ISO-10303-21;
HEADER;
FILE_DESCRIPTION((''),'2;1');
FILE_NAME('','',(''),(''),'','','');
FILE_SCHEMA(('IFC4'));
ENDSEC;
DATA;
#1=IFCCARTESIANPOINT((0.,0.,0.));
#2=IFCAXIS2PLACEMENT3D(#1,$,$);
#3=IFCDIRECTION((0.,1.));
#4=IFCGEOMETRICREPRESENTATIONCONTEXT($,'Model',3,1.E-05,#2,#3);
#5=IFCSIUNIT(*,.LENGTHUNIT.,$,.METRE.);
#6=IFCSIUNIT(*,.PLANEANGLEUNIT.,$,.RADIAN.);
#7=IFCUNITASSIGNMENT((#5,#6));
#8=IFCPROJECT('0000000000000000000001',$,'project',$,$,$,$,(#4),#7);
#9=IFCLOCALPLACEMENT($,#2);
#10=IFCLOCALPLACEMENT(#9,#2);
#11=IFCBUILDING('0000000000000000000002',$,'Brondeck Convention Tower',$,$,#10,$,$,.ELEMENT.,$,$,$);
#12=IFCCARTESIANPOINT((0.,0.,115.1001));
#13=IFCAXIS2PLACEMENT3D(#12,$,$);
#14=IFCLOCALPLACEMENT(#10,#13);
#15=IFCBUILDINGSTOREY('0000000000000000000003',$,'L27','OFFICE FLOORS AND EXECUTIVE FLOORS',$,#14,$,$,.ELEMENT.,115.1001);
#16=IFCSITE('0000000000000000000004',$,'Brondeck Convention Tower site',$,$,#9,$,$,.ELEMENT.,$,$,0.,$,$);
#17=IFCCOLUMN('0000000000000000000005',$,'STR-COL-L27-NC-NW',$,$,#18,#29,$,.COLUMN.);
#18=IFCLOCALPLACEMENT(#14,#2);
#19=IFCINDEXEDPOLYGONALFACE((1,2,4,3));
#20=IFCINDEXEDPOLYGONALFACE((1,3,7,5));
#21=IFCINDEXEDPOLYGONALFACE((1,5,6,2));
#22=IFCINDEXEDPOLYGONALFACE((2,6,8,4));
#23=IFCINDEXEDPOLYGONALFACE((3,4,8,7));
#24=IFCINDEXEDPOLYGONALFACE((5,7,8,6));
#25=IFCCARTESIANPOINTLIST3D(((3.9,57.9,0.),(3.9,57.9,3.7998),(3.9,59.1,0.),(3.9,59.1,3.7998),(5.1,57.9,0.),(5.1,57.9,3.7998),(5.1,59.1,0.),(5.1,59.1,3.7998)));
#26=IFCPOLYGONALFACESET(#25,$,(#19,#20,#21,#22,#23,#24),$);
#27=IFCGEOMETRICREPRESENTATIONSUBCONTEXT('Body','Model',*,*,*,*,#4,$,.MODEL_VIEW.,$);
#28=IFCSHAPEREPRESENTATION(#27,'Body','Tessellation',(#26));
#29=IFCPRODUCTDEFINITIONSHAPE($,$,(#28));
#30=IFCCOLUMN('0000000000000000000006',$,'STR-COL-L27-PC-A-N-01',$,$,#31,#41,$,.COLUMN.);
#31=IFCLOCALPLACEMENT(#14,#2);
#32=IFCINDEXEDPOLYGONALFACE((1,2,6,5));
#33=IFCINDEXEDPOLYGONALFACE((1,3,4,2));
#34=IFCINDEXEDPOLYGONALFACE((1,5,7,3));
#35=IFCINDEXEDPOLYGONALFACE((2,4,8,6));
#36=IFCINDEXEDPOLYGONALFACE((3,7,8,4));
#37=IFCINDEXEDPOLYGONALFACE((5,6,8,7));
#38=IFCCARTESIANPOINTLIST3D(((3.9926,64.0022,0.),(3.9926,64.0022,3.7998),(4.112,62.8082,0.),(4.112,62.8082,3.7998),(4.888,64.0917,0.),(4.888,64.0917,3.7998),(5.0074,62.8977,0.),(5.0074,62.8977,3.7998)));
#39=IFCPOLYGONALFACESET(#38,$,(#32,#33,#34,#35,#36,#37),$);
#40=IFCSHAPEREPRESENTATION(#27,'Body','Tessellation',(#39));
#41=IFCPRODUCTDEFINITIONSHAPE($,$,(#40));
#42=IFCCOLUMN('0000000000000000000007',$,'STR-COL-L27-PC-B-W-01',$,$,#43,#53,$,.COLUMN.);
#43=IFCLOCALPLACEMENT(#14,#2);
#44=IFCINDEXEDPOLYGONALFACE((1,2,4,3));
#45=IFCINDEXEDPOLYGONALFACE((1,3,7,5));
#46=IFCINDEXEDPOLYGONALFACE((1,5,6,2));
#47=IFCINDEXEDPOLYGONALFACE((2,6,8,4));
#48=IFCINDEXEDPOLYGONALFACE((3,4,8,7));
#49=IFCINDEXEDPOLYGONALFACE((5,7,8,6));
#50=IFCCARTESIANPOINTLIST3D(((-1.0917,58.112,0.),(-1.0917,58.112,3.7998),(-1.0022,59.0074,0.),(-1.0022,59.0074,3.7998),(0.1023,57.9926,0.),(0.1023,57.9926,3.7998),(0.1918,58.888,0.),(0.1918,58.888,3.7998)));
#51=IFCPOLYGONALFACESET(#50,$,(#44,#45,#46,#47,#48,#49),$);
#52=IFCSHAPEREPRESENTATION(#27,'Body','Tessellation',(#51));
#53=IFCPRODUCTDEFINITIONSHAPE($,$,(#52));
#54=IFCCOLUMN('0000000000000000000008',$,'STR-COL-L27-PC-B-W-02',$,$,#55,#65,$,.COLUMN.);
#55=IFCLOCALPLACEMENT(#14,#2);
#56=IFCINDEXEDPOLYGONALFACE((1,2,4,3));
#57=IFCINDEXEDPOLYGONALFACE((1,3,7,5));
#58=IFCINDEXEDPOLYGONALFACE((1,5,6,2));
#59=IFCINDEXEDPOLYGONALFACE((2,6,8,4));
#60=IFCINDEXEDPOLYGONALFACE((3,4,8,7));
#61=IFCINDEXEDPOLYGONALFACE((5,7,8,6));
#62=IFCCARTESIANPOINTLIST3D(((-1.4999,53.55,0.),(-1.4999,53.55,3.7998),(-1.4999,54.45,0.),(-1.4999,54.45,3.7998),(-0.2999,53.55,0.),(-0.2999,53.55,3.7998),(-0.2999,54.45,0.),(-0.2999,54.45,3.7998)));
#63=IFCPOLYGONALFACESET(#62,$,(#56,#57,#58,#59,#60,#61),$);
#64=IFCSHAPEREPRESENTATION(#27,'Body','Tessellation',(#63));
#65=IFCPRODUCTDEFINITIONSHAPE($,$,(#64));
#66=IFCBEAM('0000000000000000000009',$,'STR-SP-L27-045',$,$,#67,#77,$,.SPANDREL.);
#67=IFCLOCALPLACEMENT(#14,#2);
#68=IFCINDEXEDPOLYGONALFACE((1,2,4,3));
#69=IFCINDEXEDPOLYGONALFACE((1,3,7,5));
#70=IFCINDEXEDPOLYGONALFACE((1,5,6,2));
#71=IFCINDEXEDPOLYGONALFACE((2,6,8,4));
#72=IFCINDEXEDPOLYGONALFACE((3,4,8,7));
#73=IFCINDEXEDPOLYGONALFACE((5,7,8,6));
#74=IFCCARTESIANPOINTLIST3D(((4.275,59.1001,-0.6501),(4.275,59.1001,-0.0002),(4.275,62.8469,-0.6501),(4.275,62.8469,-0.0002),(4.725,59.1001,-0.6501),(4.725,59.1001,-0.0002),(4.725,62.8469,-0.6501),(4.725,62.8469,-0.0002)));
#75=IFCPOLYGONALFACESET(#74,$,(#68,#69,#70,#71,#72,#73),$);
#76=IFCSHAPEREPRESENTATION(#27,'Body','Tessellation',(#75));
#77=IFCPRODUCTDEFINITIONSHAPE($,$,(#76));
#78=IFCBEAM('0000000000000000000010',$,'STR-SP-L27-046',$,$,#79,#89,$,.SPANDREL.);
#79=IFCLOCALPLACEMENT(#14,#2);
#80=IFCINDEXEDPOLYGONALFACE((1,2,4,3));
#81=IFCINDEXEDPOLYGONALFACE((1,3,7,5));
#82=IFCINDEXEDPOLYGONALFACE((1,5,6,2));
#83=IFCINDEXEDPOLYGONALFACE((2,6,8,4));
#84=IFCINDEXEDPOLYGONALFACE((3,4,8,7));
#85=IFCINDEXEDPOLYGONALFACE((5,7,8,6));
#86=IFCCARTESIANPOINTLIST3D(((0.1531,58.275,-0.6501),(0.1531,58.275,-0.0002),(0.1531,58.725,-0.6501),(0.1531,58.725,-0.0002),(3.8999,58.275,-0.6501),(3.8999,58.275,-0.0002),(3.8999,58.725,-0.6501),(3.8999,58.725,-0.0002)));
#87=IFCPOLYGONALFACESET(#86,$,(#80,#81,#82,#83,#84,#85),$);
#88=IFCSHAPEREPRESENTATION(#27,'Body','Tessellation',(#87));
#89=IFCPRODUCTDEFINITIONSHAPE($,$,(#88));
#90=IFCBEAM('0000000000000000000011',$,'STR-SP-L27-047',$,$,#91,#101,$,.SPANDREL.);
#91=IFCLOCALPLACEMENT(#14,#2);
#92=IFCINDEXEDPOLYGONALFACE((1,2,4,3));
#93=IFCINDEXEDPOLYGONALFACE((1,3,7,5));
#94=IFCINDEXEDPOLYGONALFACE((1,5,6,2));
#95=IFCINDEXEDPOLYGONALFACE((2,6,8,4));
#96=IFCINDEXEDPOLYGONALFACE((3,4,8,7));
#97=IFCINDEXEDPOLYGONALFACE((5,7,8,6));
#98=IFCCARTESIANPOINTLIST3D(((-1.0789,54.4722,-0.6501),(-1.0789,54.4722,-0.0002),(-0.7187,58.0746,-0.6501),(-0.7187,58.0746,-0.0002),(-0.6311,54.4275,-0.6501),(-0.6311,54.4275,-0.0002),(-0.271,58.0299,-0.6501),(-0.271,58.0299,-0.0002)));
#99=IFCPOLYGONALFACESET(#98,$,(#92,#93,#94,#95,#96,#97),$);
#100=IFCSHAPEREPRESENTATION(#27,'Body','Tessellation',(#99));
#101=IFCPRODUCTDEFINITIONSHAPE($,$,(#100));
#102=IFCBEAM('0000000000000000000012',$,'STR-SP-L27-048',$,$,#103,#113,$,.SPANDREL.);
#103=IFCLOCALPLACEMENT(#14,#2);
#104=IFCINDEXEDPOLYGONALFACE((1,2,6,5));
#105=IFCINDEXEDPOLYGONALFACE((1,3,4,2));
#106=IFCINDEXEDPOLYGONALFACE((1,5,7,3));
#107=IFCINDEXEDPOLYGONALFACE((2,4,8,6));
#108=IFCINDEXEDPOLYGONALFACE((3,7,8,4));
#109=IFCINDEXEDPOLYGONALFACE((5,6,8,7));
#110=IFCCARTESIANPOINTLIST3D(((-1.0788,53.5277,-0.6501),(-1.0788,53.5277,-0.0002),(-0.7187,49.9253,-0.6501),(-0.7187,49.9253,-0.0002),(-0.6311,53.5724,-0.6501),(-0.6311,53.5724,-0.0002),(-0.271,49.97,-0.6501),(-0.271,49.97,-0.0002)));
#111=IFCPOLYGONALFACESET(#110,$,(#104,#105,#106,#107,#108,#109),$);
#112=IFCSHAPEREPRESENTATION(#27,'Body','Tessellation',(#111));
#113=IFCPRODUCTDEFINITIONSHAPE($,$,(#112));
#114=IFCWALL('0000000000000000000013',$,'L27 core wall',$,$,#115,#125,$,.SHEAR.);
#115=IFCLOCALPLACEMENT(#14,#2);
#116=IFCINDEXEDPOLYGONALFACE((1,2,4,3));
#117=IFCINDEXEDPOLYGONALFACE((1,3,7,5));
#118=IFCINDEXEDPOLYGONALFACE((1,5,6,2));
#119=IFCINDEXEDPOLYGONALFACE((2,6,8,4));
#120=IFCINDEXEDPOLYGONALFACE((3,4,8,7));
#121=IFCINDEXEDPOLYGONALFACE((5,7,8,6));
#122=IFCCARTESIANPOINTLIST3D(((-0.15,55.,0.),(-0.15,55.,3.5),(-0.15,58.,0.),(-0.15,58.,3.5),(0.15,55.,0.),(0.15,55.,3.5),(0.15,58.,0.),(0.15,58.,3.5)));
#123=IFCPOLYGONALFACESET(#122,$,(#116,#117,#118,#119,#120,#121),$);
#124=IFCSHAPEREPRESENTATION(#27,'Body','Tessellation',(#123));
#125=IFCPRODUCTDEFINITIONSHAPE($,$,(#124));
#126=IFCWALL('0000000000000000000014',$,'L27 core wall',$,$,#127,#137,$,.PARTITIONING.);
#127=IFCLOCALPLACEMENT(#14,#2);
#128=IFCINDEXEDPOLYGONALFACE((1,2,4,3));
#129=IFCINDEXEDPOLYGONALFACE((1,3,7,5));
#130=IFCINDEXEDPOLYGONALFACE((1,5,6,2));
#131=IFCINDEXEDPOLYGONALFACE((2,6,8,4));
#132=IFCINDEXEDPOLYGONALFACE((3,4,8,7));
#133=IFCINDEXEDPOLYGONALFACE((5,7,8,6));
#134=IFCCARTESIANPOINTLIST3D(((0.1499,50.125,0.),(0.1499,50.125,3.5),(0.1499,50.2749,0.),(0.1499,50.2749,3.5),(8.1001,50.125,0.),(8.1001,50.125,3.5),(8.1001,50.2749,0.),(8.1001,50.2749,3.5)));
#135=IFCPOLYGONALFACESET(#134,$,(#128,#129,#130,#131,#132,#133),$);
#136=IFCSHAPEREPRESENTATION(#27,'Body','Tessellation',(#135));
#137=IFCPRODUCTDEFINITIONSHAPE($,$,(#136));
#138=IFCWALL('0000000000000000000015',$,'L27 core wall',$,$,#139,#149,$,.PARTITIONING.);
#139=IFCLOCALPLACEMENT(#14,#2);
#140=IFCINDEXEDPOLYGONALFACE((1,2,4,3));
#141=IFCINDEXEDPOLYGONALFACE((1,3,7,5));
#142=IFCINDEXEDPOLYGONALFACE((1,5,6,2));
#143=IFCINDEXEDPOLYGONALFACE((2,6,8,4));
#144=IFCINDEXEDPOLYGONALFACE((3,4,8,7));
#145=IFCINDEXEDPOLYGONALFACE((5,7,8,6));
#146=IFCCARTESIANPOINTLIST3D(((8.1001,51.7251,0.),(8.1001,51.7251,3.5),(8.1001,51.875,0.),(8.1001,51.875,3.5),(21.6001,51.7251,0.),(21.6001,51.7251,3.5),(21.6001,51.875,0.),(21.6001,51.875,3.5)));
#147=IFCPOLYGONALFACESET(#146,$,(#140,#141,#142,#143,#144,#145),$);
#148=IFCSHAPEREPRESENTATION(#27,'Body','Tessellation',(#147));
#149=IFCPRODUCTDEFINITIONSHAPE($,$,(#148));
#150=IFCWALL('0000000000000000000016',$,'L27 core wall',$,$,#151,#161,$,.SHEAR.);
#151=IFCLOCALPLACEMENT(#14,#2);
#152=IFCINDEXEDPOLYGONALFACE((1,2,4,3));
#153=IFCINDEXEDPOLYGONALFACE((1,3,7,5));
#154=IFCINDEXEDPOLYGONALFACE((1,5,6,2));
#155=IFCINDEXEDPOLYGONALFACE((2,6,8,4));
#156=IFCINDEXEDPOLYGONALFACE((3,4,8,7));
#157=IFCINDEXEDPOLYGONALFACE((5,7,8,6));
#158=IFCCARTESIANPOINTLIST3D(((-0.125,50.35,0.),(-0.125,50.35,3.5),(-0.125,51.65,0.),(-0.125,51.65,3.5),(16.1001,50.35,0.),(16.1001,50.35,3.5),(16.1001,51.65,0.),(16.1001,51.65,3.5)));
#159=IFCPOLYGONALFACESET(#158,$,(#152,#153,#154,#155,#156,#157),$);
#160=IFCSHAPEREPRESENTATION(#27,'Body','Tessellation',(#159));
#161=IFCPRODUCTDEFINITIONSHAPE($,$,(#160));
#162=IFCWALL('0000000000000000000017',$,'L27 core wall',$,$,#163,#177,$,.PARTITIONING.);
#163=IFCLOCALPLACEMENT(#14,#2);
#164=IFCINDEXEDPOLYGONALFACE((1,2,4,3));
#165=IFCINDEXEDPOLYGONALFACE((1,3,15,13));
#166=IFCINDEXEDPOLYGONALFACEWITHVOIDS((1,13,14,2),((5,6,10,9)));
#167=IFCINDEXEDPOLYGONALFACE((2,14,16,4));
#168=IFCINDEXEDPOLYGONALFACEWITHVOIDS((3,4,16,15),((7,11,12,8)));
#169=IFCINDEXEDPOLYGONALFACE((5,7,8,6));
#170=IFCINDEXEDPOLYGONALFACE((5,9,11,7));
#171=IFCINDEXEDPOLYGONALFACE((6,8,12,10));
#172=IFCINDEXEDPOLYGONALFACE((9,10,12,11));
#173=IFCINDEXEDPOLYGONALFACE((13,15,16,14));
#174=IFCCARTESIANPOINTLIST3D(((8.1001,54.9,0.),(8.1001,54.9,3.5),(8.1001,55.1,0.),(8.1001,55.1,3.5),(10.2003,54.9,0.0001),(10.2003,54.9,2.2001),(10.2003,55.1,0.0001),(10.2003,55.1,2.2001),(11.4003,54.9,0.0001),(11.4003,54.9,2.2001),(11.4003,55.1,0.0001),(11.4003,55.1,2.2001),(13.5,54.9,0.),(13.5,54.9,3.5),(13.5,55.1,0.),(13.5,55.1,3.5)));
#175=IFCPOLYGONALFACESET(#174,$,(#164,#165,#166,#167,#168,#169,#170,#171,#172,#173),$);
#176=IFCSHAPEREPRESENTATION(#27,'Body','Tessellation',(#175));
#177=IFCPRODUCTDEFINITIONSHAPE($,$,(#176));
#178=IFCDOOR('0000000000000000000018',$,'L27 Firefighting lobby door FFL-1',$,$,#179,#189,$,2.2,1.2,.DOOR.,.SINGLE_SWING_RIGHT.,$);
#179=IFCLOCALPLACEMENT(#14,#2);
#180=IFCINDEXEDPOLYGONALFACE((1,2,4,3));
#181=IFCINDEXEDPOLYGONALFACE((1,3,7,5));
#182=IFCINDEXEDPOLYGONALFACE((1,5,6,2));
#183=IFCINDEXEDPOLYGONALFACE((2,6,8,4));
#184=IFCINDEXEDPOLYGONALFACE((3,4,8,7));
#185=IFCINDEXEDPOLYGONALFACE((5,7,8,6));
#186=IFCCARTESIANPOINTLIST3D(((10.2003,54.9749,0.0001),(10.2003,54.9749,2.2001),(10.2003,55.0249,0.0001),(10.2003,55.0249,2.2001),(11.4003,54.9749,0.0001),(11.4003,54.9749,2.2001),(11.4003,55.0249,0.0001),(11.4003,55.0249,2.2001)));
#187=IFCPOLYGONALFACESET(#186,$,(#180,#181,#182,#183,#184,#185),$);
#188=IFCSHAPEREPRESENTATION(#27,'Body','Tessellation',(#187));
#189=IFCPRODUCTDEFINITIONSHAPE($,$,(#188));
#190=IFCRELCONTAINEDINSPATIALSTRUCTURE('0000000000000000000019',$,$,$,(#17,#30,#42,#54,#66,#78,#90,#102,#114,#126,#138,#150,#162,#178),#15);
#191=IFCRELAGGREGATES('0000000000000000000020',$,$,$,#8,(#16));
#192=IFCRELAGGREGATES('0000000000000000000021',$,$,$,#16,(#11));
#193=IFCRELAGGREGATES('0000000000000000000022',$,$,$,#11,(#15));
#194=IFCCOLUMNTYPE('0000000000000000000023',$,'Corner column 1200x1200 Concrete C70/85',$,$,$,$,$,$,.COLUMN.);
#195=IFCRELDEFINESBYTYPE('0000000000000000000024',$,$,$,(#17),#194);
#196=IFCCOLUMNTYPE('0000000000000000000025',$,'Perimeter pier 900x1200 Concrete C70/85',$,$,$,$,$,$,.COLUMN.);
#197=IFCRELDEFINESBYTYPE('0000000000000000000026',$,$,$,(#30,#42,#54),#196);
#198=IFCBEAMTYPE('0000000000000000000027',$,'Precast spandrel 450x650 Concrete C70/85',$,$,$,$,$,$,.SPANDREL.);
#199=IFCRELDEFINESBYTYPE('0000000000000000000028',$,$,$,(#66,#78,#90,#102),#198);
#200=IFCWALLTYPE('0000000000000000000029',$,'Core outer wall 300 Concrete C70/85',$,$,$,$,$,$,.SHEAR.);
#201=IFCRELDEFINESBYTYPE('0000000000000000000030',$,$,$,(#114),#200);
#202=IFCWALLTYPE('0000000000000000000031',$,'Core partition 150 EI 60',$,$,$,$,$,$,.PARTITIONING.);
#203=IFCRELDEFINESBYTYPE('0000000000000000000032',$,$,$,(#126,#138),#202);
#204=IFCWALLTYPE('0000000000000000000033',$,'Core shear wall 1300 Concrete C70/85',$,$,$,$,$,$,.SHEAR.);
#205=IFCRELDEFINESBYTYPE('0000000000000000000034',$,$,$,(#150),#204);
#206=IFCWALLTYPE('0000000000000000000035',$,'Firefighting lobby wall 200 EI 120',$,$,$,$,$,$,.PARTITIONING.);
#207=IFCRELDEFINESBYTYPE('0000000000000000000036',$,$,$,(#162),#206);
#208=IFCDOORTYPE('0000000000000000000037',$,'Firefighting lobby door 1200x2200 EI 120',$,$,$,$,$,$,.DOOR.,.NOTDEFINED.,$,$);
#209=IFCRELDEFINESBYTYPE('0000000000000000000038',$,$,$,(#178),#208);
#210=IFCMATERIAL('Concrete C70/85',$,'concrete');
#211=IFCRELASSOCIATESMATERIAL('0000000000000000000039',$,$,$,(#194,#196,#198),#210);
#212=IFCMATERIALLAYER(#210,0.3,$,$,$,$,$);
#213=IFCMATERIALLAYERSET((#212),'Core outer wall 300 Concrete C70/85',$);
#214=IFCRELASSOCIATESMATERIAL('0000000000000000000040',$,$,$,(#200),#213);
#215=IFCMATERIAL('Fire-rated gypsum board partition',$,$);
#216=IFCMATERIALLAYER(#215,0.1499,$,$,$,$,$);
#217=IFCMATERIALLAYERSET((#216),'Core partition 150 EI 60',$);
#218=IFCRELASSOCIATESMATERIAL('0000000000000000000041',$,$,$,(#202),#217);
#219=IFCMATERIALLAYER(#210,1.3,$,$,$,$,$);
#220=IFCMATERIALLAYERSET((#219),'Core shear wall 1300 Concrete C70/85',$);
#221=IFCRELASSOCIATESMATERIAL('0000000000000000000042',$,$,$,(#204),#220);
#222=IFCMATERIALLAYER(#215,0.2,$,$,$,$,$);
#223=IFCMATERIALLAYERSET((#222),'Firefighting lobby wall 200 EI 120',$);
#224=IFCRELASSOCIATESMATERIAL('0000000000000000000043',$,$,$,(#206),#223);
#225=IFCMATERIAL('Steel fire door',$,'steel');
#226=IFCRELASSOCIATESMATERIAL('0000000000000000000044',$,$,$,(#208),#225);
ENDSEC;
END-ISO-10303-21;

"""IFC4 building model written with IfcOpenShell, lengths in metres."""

from ifc_helpers import new_model, si_unit, direction, frame, frame_2d, origin, origin_2d, place, context, subcontext, project, spatial, rectangle, extrude, material, layer, layer_set, material_profile, profile_set, type_object, element, fill, save


model = new_model("IFC4")

# Units and contexts
model_context = context("Model", 3, precision=1e-05, world=origin(), true_north=direction((0.0, 1.0)))
body_context = subcontext(model_context, "Body", "Model", "MODEL_VIEW")
ifc_project = project(units=[si_unit("LENGTHUNIT", "METRE"), si_unit("PLANEANGLEUNIT", "RADIAN")], contexts=[model_context])

# Site, building, storey
site_placement = place(None, origin())
site = spatial("IfcSite", under=ifc_project, at=site_placement, Name="Brondeck Convention Tower site", CompositionType="ELEMENT", RefElevation=0.0)
building_placement = place(site_placement, origin())
building = spatial("IfcBuilding", under=site, at=building_placement, Name="Brondeck Convention Tower", CompositionType="ELEMENT")
storey_placement = place(building_placement, frame((0.0, 0.0, 115.1001)))
storey = spatial("IfcBuildingStorey", under=building, at=storey_placement, Name="L27", Description="OFFICE FLOORS AND EXECUTIVE FLOORS", CompositionType="ELEMENT", Elevation=115.1001)

# Columns
ifc_material_1 = material(Name="Concrete C70/85", Category="concrete")
ifc_material_profile_1 = material_profile(ifc_material_1, rectangle(XDim=1.2, YDim=1.2, at=origin_2d()), Name="Corner column 1200x1200 Concrete C70/85")
ifc_profile_set_1 = profile_set([ifc_material_profile_1], Name="Concrete C70/85")
column_type_1 = type_object("IfcColumnType", Name="Corner column 1200x1200 Concrete C70/85", PredefinedType="COLUMN", material=ifc_profile_set_1)
column_placement = place(storey_placement, frame((4.5, 58.5, 0.0), z_axis=(0.0, 0.0, 1.0), x_axis=(1.0, 0.0, 0.0)))
element("IfcColumn", 1, at=column_placement, inside=storey, type_object=column_type_1, Name="STR-COL-L27-NC-NW", PredefinedType="COLUMN", context=body_context, shape_type="SweptSolid", body=[
    extrude(rectangle(XDim=1.2, YDim=1.2, at=origin_2d()), origin(), (0.0, 0.0, 1.0), 3.7998),
])
ifc_material_profile_2 = material_profile(ifc_material_1, rectangle(XDim=0.8999, YDim=1.2, at=origin_2d()), Name="Perimeter pier 900x1200 Concrete C70/85")
ifc_profile_set_2 = profile_set([ifc_material_profile_2], Name="Concrete C70/85")
column_type_2 = type_object("IfcColumnType", Name="Perimeter pier 900x1200 Concrete C70/85", PredefinedType="COLUMN", material=ifc_profile_set_2)
for number, where, z_axis, x_axis, name in (
    (2, (4.5, 63.45, 0.0), (0.0, 0.0, 1.0), (-0.995037, -0.099504, 0.0), "STR-COL-L27-PC-A-N-01"),
    (3, (-0.45, 58.5, 0.0), (0.0, 0.0, 1.0), (-0.099504, -0.995037, 0.0), "STR-COL-L27-PC-B-W-01"),
    (4, (-0.8999, 54.0, 0.0), (0.0, 0.0, 1.0), (0.0, -1.0, 0.0), "STR-COL-L27-PC-B-W-02"),
):
    element("IfcColumn", number, at=place(storey_placement, frame(where, z_axis=z_axis, x_axis=x_axis)), inside=storey, type_object=column_type_2, Name=name, PredefinedType="COLUMN", context=body_context, shape_type="SweptSolid", body=[
        extrude(rectangle(XDim=0.8999, YDim=1.2, at=origin_2d()), origin(), (0.0, 0.0, 1.0), 3.7998),
    ])

# Beams
ifc_material_profile_3 = material_profile(ifc_material_1, rectangle(XDim=0.45, YDim=0.6499, at=origin_2d()), Name="Precast spandrel 450x650 Concrete C70/85")
ifc_profile_set_3 = profile_set([ifc_material_profile_3], Name="Concrete C70/85")
beam_type = type_object("IfcBeamType", Name="Precast spandrel 450x650 Concrete C70/85", PredefinedType="SPANDREL", material=ifc_profile_set_3)
for number, where, z_axis, x_axis, name in (
    (5, (4.5, 62.8469, -0.3252), (0.0, -1.0, 0.0), (1.0, 0.0, 0.0), "STR-SP-L27-045"),
    (6, (3.8999, 58.5, -0.3252), (-1.0, 0.0, 0.0), (0.0, -1.0, 0.0), "STR-SP-L27-046"),
):
    element("IfcBeam", number, at=place(storey_placement, frame(where, z_axis=z_axis, x_axis=x_axis)), inside=storey, type_object=beam_type, Name=name, PredefinedType="SPANDREL", context=body_context, shape_type="SweptSolid", body=[
        extrude(rectangle(XDim=0.45, YDim=0.6499, at=origin_2d()), origin(), (0.0, 0.0, 1.0), 3.7468),
    ])
for number, where, z_axis, x_axis, name in (
    (7, (-0.4949, 58.0522, -0.3252), (-0.09947, -0.995041, 0.0), (0.995041, -0.09947, 0.0), "STR-SP-L27-047"),
    (8, (-0.855, 53.55, -0.3252), (0.09947, -0.995041, 0.0), (0.995041, 0.09947, 0.0), "STR-SP-L27-048"),
):
    element("IfcBeam", number, at=place(storey_placement, frame(where, z_axis=z_axis, x_axis=x_axis)), inside=storey, type_object=beam_type, Name=name, PredefinedType="SPANDREL", context=body_context, shape_type="SweptSolid", body=[
        extrude(rectangle(XDim=0.45, YDim=0.6499, at=origin_2d()), origin(), (0.0, 0.0, 1.0), 3.6204),
    ])

# Walls
ifc_layer_1 = layer(ifc_material_1, 0.3)
ifc_layer_set_1 = layer_set([ifc_layer_1], Name="Core outer wall 300 Concrete C70/85")
wall_type_1 = type_object("IfcWallType", Name="Core outer wall 300 Concrete C70/85", PredefinedType="SHEAR", material=ifc_layer_set_1)
wall_1_placement = place(storey_placement, frame((0.0, 55.0, 0.0), z_axis=(0.0, 0.0, 1.0), x_axis=(0.0, 1.0, 0.0)))
element("IfcWall", 9, at=wall_1_placement, inside=storey, type_object=wall_type_1, Name="L27 core wall", PredefinedType="SHEAR", context=body_context, shape_type="SweptSolid", body=[
    extrude(rectangle(XDim=3.0, YDim=0.3, at=frame_2d((1.5, 0.0))), origin(), (0.0, 0.0, 1.0), 3.5),
])
ifc_material_2 = material(Name="Fire-rated gypsum board partition")
ifc_layer_2 = layer(ifc_material_2, 0.1499)
ifc_layer_set_2 = layer_set([ifc_layer_2], Name="Core partition 150 EI 60")
wall_type_2 = type_object("IfcWallType", Name="Core partition 150 EI 60", PredefinedType="PARTITIONING", material=ifc_layer_set_2)
wall_2_placement = place(storey_placement, frame((0.1499, 50.2, 0.0), z_axis=(0.0, 0.0, 1.0), x_axis=(1.0, 0.0, 0.0)))
element("IfcWall", 10, at=wall_2_placement, inside=storey, type_object=wall_type_2, Name="L27 core wall", PredefinedType="PARTITIONING", context=body_context, shape_type="SweptSolid", body=[
    extrude(rectangle(XDim=7.9502, YDim=0.1499, at=frame_2d((3.9751, 0.0))), origin(), (0.0, 0.0, 1.0), 3.5),
])
wall_3_placement = place(storey_placement, frame((8.1001, 51.8, 0.0), z_axis=(0.0, 0.0, 1.0), x_axis=(1.0, 0.0, 0.0)))
element("IfcWall", 11, at=wall_3_placement, inside=storey, type_object=wall_type_2, Name="L27 core wall", PredefinedType="PARTITIONING", context=body_context, shape_type="SweptSolid", body=[
    extrude(rectangle(XDim=13.5, YDim=0.1499, at=frame_2d((6.75, 0.0))), origin(), (0.0, 0.0, 1.0), 3.5),
])
ifc_layer_3 = layer(ifc_material_1, 1.3)
ifc_layer_set_3 = layer_set([ifc_layer_3], Name="Core shear wall 1300 Concrete C70/85")
wall_type_3 = type_object("IfcWallType", Name="Core shear wall 1300 Concrete C70/85", PredefinedType="SHEAR", material=ifc_layer_set_3)
wall_4_placement = place(storey_placement, frame((-0.125, 51.0, 0.0), z_axis=(0.0, 0.0, 1.0), x_axis=(1.0, 0.0, 0.0)))
element("IfcWall", 12, at=wall_4_placement, inside=storey, type_object=wall_type_3, Name="L27 core wall", PredefinedType="SHEAR", context=body_context, shape_type="SweptSolid", body=[
    extrude(rectangle(XDim=16.2251, YDim=1.3, at=frame_2d((8.1125, 0.0))), origin(), (0.0, 0.0, 1.0), 3.5),
])

# Wall, opening, door
ifc_layer_4 = layer(ifc_material_2, 0.2)
ifc_layer_set_4 = layer_set([ifc_layer_4], Name="Firefighting lobby wall 200 EI 120")
wall_type_4 = type_object("IfcWallType", Name="Firefighting lobby wall 200 EI 120", PredefinedType="PARTITIONING", material=ifc_layer_set_4)
wall_5_placement = place(storey_placement, frame((8.1001, 55.0, 0.0), z_axis=(0.0, 0.0, 1.0), x_axis=(1.0, 0.0, 0.0)))
wall_5 = element("IfcWall", 13, at=wall_5_placement, inside=storey, type_object=wall_type_4, Name="L27 core wall", PredefinedType="PARTITIONING", context=body_context, shape_type="SweptSolid", body=[
    extrude(rectangle(XDim=5.3999, YDim=0.2, at=frame_2d((2.7, 0.0))), origin(), (0.0, 0.0, 1.0), 3.5),
])
opening_1_placement = place(wall_5_placement, frame((2.1001, 0.0, 0.0)))
opening_1 = element("IfcOpeningElement", 14, at=opening_1_placement, cuts=wall_5, PredefinedType="OPENING", context=body_context, shape_type="SweptSolid", body=[
    extrude(rectangle(XDim=1.2, YDim=2.2, at=frame_2d((0.6001, 1.1001))), frame((0.0, 0.1099, 0.0), z_axis=(0.0, -1.0, 0.0), x_axis=(1.0, 0.0, 0.0)), (0.0, 0.0, 1.0), 0.22),
])
ifc_material_3 = material(Name="Steel fire door", Category="steel")
door_type_1 = type_object("IfcDoorType", Name="Firefighting lobby door 1200x2200 EI 120", OperationType="NOTDEFINED", PredefinedType="DOOR", material=ifc_material_3)
door_1_placement = place(opening_1_placement, origin())
door_1 = element("IfcDoor", 15, at=door_1_placement, inside=storey, type_object=door_type_1, Name="L27 Firefighting lobby door FFL-1", OperationType="SINGLE_SWING_RIGHT", OverallHeight=2.2, OverallWidth=1.2, PredefinedType="DOOR", context=body_context, shape_type="SweptSolid", body=[
    extrude(rectangle(XDim=1.2, YDim=2.2, at=frame_2d((0.6001, 1.1001))), frame((0.0, 0.0249, 0.0), z_axis=(0.0, -1.0, 0.0), x_axis=(1.0, 0.0, 0.0)), (0.0, 0.0, 1.0), 0.05),
])
fill(opening_1, door_1)

save(model, "model.ifc")
